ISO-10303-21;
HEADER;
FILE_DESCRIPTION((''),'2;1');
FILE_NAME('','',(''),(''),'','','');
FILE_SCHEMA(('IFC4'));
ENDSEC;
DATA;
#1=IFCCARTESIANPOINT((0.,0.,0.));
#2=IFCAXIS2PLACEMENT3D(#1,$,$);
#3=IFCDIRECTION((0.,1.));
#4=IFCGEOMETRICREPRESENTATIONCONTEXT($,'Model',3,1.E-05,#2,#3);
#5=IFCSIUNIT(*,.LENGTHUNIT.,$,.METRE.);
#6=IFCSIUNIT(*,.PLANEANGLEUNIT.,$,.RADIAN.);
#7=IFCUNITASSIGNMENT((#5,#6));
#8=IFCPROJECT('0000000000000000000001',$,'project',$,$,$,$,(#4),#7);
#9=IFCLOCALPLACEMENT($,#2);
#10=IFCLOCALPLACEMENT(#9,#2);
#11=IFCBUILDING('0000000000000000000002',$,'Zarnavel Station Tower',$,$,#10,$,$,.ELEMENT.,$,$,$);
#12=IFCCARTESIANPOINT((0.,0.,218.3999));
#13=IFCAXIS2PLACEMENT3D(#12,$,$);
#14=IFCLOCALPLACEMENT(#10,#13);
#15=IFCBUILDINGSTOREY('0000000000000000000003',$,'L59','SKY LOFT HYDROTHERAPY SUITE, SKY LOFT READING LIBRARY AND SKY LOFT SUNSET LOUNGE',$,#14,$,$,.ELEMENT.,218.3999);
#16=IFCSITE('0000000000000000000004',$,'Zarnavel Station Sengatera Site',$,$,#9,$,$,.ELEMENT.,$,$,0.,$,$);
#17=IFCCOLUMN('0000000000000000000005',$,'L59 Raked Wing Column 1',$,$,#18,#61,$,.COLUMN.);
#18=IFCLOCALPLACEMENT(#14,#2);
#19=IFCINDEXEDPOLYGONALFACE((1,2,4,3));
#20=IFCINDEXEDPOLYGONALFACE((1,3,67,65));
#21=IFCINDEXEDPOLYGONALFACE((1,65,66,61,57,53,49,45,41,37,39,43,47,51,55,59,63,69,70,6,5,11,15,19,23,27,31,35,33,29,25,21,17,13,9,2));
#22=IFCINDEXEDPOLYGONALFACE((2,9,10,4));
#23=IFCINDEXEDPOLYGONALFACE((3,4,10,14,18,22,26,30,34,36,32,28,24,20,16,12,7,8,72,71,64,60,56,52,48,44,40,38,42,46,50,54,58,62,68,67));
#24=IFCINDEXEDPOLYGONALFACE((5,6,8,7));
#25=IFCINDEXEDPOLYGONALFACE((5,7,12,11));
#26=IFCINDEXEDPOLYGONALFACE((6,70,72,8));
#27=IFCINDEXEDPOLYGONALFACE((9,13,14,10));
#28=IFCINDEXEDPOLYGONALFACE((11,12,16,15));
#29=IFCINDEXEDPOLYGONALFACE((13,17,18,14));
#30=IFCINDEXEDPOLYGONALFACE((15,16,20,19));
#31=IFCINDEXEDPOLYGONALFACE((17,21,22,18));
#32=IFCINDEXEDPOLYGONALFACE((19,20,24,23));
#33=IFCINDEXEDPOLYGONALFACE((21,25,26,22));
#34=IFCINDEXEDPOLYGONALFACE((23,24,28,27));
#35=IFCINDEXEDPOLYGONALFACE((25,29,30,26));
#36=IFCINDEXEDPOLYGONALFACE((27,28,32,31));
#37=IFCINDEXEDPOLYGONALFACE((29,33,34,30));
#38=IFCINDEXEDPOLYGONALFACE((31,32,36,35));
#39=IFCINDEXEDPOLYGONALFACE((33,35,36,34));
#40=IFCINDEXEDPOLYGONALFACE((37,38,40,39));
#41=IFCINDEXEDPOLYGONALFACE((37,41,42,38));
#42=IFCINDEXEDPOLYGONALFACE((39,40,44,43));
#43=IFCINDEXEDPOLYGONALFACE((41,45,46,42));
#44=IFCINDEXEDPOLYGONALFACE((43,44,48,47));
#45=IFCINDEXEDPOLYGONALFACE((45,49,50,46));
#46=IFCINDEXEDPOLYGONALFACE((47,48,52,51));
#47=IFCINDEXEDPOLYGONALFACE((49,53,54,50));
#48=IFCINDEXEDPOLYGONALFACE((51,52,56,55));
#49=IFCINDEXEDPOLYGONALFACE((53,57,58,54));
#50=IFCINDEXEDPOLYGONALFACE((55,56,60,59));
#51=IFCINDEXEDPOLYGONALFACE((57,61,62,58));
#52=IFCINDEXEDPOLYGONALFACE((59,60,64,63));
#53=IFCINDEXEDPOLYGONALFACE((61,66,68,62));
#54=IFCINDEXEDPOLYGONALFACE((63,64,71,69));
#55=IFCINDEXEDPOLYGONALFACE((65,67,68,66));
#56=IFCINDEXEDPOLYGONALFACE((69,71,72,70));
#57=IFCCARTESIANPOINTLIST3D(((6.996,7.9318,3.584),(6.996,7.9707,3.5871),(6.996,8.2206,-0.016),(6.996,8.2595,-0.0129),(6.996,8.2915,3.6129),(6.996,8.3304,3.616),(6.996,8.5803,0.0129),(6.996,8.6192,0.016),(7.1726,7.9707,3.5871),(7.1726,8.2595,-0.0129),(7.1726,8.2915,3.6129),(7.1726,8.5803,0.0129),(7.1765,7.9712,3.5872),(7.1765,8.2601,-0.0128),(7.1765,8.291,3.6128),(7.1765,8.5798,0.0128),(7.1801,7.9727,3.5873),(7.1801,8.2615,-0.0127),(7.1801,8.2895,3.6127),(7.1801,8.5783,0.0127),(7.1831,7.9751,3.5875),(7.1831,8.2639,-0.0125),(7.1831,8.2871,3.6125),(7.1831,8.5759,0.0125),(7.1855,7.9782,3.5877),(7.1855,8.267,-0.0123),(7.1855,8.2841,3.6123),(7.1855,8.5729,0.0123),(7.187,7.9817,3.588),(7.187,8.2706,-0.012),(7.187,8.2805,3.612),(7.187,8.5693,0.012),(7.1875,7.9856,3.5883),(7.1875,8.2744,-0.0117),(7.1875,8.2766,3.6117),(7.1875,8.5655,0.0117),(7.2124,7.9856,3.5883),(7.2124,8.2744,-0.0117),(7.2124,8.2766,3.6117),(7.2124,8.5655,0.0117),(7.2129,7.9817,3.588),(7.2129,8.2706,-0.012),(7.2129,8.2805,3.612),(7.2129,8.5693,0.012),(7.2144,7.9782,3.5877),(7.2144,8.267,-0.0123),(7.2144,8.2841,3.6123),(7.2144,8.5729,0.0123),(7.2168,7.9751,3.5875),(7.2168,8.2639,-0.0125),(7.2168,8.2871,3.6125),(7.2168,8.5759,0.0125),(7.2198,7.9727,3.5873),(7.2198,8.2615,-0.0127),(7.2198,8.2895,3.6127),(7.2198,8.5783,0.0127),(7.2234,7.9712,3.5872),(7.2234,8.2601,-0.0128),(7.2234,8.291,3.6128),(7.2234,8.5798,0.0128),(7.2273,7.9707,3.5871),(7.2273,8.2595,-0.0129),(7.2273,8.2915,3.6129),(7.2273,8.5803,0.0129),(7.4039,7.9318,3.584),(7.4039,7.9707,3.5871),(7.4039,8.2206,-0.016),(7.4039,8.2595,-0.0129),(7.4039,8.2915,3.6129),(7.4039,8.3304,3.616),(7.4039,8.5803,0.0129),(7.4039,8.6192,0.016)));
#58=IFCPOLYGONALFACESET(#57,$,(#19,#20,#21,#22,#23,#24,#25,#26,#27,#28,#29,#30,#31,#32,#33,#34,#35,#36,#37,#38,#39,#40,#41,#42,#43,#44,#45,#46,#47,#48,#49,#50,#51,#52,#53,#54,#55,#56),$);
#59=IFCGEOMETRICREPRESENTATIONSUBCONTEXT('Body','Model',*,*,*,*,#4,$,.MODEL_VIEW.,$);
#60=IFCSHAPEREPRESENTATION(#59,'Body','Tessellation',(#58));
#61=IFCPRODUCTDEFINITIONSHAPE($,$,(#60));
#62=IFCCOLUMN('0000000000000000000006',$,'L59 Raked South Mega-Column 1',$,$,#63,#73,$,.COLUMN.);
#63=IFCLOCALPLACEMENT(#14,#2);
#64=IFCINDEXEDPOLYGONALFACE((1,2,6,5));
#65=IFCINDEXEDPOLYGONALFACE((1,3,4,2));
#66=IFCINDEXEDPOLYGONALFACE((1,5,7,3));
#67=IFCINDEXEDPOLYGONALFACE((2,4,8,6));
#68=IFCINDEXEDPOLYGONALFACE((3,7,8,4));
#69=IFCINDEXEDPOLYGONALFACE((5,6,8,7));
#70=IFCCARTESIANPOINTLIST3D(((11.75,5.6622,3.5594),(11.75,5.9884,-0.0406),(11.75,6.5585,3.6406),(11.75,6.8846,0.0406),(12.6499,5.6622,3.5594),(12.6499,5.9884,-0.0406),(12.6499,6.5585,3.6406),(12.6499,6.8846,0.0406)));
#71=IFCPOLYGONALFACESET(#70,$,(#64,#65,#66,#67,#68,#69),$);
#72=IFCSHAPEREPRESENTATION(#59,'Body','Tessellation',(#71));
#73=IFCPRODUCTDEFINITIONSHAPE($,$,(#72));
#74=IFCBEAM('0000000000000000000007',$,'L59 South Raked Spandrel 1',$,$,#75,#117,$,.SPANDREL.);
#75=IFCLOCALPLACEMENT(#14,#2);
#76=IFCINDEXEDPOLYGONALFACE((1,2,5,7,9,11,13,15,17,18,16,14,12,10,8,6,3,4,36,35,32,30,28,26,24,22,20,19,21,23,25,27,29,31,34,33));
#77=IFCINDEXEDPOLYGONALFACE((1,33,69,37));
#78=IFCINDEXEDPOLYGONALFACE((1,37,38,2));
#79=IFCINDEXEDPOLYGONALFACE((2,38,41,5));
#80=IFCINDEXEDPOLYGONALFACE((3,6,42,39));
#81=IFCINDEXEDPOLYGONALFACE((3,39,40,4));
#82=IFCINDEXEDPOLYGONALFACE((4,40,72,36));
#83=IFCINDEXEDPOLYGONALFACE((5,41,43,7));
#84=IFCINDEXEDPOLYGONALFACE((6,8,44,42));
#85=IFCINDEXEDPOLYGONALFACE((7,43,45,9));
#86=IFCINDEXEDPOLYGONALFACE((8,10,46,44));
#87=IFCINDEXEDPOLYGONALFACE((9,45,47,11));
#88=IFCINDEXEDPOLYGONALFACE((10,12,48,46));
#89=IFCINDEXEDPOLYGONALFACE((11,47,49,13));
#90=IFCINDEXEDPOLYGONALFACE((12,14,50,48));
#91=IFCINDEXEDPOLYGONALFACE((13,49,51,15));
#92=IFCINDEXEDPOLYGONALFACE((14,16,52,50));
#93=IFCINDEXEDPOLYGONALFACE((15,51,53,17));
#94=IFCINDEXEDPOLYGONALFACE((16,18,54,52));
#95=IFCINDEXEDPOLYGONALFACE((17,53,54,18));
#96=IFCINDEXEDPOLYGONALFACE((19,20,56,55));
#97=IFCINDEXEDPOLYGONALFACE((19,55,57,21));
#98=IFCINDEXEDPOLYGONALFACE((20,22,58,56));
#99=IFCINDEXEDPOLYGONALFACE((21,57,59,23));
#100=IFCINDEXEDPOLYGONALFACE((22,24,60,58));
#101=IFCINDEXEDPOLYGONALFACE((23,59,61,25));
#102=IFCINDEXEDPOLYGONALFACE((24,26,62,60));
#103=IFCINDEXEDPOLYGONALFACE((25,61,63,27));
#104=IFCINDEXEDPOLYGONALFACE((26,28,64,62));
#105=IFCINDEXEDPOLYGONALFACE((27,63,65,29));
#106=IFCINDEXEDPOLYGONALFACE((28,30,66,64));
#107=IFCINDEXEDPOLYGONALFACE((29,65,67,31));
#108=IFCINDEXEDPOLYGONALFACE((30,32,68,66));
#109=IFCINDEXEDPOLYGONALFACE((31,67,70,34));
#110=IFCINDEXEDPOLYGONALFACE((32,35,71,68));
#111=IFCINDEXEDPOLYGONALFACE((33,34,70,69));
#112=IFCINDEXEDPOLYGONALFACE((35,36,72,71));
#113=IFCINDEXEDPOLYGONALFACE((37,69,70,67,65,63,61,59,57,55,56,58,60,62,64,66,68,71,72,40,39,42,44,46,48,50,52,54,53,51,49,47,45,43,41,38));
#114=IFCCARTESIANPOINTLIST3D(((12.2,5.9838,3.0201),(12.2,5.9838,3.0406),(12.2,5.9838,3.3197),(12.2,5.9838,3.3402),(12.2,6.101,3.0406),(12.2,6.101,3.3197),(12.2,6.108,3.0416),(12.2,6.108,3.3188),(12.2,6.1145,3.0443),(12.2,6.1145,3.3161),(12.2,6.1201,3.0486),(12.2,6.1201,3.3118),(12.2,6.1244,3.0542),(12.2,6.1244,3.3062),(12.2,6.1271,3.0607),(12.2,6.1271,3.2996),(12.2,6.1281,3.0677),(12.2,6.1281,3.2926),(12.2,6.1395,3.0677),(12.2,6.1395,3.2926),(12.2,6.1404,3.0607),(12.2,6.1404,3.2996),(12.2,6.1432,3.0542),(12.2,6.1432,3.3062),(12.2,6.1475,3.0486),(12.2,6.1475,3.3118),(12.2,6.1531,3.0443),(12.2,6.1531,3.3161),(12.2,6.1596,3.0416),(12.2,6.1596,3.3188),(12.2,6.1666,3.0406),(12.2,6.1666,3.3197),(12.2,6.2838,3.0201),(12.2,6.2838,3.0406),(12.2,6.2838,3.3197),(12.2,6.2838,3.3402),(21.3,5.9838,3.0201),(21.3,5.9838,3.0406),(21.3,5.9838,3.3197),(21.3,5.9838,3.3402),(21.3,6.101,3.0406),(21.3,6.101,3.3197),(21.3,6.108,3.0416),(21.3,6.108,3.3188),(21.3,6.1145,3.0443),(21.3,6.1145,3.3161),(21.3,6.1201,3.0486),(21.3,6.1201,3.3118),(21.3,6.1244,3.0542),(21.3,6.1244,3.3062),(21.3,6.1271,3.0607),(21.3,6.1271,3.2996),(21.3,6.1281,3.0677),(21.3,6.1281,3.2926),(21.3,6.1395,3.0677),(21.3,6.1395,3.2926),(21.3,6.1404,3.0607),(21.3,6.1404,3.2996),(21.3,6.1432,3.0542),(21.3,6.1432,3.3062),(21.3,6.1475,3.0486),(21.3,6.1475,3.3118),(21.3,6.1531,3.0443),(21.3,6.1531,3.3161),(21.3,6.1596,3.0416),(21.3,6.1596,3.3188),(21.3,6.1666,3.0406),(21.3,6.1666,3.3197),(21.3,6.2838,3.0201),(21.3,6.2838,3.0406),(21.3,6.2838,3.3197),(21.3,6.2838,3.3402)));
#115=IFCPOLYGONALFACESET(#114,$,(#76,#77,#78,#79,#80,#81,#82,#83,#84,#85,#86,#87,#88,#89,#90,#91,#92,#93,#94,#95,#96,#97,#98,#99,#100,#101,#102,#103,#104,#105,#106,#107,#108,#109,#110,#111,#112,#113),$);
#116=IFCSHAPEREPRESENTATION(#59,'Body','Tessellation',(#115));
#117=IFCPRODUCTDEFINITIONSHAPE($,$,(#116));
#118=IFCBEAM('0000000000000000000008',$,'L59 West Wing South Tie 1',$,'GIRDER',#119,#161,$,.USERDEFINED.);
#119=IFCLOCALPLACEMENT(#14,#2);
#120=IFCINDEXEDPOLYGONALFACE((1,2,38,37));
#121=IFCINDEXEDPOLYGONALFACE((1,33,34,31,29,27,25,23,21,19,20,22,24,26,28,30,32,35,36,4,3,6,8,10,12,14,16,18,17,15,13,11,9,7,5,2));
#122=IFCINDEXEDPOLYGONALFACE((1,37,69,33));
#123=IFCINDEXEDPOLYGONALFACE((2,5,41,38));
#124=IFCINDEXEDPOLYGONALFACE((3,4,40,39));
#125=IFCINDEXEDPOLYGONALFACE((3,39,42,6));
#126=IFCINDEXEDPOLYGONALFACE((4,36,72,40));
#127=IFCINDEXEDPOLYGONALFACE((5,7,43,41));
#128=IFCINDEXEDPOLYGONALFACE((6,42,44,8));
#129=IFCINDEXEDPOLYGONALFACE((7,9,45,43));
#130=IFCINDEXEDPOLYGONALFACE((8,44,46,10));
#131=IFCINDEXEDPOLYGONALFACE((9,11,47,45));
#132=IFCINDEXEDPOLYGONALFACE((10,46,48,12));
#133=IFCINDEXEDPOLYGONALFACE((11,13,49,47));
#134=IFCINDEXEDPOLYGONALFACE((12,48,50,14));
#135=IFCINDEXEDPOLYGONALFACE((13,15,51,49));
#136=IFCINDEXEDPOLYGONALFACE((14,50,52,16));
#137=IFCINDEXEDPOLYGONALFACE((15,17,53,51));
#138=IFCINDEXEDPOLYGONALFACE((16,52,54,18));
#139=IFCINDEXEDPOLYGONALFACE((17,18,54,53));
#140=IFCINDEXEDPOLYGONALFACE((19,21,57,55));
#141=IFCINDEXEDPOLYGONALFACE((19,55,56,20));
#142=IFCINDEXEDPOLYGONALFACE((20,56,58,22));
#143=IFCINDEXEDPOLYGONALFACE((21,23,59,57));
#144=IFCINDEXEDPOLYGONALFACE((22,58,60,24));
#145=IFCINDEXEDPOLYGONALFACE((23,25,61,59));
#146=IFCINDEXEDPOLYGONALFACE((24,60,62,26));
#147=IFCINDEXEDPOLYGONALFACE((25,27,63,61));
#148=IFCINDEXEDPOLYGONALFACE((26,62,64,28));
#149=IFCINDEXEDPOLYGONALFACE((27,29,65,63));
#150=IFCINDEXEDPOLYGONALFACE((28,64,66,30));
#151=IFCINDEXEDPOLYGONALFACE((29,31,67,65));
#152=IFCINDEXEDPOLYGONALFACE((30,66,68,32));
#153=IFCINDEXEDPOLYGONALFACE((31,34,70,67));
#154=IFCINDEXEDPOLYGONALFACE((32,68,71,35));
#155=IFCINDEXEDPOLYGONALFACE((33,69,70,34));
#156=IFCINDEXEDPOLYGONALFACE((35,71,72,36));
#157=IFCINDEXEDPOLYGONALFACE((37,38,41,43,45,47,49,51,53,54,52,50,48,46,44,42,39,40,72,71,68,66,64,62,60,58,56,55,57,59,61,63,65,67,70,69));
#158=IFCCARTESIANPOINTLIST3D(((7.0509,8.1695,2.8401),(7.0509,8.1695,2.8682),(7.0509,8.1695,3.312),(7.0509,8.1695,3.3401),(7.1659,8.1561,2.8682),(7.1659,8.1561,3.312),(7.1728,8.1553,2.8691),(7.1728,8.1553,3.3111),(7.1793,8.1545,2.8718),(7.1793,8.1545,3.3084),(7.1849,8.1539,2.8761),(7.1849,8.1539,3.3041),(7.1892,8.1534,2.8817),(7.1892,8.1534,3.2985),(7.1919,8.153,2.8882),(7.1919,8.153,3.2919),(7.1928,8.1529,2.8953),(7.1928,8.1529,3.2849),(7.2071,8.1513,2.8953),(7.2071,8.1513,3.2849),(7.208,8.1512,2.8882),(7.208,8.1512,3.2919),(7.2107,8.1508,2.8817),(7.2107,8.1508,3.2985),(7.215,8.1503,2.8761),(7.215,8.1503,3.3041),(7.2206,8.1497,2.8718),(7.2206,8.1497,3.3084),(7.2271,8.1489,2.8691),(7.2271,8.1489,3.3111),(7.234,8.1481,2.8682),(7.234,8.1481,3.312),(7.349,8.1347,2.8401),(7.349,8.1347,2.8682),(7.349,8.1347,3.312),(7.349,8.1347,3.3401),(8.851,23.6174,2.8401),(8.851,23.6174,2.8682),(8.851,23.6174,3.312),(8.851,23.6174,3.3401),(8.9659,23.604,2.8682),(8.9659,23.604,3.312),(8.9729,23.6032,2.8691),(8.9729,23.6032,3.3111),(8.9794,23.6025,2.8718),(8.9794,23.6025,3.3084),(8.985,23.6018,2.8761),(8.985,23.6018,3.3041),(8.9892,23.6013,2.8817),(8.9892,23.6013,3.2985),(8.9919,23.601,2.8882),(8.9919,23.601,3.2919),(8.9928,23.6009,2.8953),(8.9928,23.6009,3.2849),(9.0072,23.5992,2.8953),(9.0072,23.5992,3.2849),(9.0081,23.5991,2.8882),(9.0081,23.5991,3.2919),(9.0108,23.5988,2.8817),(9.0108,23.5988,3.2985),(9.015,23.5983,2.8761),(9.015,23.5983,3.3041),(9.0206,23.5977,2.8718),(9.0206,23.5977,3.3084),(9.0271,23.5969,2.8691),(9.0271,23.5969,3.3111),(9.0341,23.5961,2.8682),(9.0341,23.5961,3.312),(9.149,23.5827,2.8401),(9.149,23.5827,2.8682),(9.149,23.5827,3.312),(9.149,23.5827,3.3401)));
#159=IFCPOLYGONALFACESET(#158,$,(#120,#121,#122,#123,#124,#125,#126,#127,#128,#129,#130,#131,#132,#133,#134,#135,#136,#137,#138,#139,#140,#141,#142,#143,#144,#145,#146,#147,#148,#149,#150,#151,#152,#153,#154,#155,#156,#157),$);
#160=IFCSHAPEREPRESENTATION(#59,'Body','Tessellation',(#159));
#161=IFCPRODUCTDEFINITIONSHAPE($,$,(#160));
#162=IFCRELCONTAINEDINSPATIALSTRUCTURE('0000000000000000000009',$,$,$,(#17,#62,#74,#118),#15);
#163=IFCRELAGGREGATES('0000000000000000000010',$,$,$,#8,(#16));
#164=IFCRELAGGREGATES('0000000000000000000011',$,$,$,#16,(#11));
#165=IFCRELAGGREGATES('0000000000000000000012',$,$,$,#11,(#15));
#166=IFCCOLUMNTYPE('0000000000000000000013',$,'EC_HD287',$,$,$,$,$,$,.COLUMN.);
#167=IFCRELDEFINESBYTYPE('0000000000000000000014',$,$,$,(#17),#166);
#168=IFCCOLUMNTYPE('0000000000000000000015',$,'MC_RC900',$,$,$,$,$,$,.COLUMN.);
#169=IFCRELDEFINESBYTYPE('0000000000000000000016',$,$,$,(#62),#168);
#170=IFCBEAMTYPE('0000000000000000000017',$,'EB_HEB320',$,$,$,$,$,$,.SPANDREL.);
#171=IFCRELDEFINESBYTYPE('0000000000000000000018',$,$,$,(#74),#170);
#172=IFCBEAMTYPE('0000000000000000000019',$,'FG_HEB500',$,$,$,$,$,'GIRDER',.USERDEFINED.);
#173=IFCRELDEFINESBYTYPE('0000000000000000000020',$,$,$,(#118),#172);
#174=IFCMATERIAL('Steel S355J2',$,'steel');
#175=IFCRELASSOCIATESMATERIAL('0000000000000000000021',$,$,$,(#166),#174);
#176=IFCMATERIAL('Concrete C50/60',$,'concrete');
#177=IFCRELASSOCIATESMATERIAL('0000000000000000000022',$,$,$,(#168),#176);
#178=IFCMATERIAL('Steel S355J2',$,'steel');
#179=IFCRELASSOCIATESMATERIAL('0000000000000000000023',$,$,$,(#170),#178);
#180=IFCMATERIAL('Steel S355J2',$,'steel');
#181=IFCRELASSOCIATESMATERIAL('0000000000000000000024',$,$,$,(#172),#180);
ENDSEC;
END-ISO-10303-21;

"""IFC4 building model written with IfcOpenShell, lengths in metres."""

from ifc_helpers import new_model, si_unit, direction, frame, origin, origin_2d, place, context, subcontext, project, spatial, rectangle, i_section, extrude, material, material_profile, profile_set, type_object, element, save


model = new_model("IFC4")

# Units and contexts
model_context = context("Model", 3, precision=1e-05, world=origin(), true_north=direction((0.0, 1.0)))
body_context = subcontext(model_context, "Body", "Model", "MODEL_VIEW")
ifc_project = project(units=[si_unit("LENGTHUNIT", "METRE"), si_unit("PLANEANGLEUNIT", "RADIAN")], contexts=[model_context])

# Site, building, storey
site_placement = place(None, origin())
site = spatial("IfcSite", under=ifc_project, at=site_placement, Name="Zarnavel Station Sengatera Site", CompositionType="ELEMENT", RefElevation=0.0)
building_placement = place(site_placement, origin())
building = spatial("IfcBuilding", under=site, at=building_placement, Name="Zarnavel Station Tower", CompositionType="ELEMENT")
storey_placement = place(building_placement, frame((0.0, 0.0, 218.3999)))
storey = spatial("IfcBuildingStorey", under=building, at=storey_placement, Name="L59", Description="SKY LOFT HYDROTHERAPY SUITE, SKY LOFT READING LIBRARY AND SKY LOFT SUNSET LOUNGE", CompositionType="ELEMENT", Elevation=218.3999)

# Columns
ifc_material_1 = material(Name="Steel S355J2", Category="steel")
ifc_material_profile_1 = material_profile(ifc_material_1, i_section(OverallWidth=0.408, OverallDepth=0.3999, WebThickness=0.0249, FlangeThickness=0.0391, FilletRadius=0.0149, at=origin_2d()), Name="HD400x287")
ifc_profile_set_1 = profile_set([ifc_material_profile_1], Name="Steel S355J2")
column_type_1 = type_object("IfcColumnType", Name="EC_HD287", PredefinedType="COLUMN", material=ifc_profile_set_1)
column_1_placement = place(storey_placement, frame((7.2, 8.4199, 0.0), z_axis=(0.0, -0.079968, 0.996797), x_axis=(1.0, 0.0, 0.0)))
element("IfcColumn", 1, at=column_1_placement, inside=storey, type_object=column_type_1, Name="L59 Raked Wing Column 1", PredefinedType="COLUMN", context=body_context, shape_type="SweptSolid", body=[
    extrude(i_section(OverallWidth=0.408, OverallDepth=0.3999, WebThickness=0.0249, FlangeThickness=0.0391, FilletRadius=0.0149, at=origin_2d()), origin(), (0.0, 0.0, 1.0), 3.6116),
])
ifc_material_2 = material(Name="Concrete C50/60", Category="concrete")
ifc_material_profile_2 = material_profile(ifc_material_2, rectangle(XDim=0.8999, YDim=0.8999, at=origin_2d()), Name="RC900x900")
ifc_profile_set_2 = profile_set([ifc_material_profile_2], Name="Concrete C50/60")
column_type_2 = type_object("IfcColumnType", Name="MC_RC900", PredefinedType="COLUMN", material=ifc_profile_set_2)
column_2_placement = place(storey_placement, frame((12.2, 6.4365, 0.0), z_axis=(0.0, -0.090231, 0.995921), x_axis=(1.0, 0.0, 0.0)))
element("IfcColumn", 2, at=column_2_placement, inside=storey, type_object=column_type_2, Name="L59 Raked South Mega-Column 1", PredefinedType="COLUMN", context=body_context, shape_type="SweptSolid", body=[
    extrude(rectangle(XDim=0.8999, YDim=0.8999, at=origin_2d()), origin(), (0.0, 0.0, 1.0), 3.6147),
])

# Beams
ifc_material_3 = material(Name="Steel S355J2", Category="steel")
ifc_material_profile_3 = material_profile(ifc_material_3, i_section(OverallWidth=0.3, OverallDepth=0.3201, WebThickness=0.0115, FlangeThickness=0.0205, FilletRadius=0.0271, at=origin_2d()), Name="HEB320")
ifc_profile_set_3 = profile_set([ifc_material_profile_3], Name="Steel S355J2")
beam_type_1 = type_object("IfcBeamType", Name="EB_HEB320", PredefinedType="SPANDREL", material=ifc_profile_set_3)
beam_1_placement = place(storey_placement, frame((12.2, 6.1338, 3.1802), z_axis=(1.0, 0.0, 0.0), x_axis=(0.0, 1.0, 0.0)))
element("IfcBeam", 3, at=beam_1_placement, inside=storey, type_object=beam_type_1, Name="L59 South Raked Spandrel 1", PredefinedType="SPANDREL", context=body_context, shape_type="SweptSolid", body=[
    extrude(i_section(OverallWidth=0.3, OverallDepth=0.3201, WebThickness=0.0115, FlangeThickness=0.0205, FilletRadius=0.0271, at=origin_2d()), origin(), (0.0, 0.0, 1.0), 9.1001),
])
ifc_material_4 = material(Name="Steel S355J2", Category="steel")
ifc_material_profile_4 = material_profile(ifc_material_4, i_section(OverallWidth=0.3, OverallDepth=0.5, WebThickness=0.0144, FlangeThickness=0.0281, FilletRadius=0.0271, at=origin_2d()), Name="HEB500")
ifc_profile_set_4 = profile_set([ifc_material_profile_4], Name="Steel S355J2")
beam_type_2 = type_object("IfcBeamType", Name="FG_HEB500", ElementType="GIRDER", PredefinedType="USERDEFINED", material=ifc_profile_set_4)
beam_2_placement = place(storey_placement, frame((7.2, 8.1521, 3.0901), z_axis=(0.11574, 0.99328, 0.0), x_axis=(-0.99328, 0.11574, 0.0)))
element("IfcBeam", 4, at=beam_2_placement, inside=storey, type_object=beam_type_2, Name="L59 West Wing South Tie 1", ObjectType="GIRDER", PredefinedType="USERDEFINED", context=body_context, shape_type="SweptSolid", body=[
    extrude(i_section(OverallWidth=0.3, OverallDepth=0.5, WebThickness=0.0144, FlangeThickness=0.0281, FilletRadius=0.0271, at=origin_2d()), origin(), (0.0, 0.0, 1.0), 15.5525),
])

save(model, "model.ifc")
